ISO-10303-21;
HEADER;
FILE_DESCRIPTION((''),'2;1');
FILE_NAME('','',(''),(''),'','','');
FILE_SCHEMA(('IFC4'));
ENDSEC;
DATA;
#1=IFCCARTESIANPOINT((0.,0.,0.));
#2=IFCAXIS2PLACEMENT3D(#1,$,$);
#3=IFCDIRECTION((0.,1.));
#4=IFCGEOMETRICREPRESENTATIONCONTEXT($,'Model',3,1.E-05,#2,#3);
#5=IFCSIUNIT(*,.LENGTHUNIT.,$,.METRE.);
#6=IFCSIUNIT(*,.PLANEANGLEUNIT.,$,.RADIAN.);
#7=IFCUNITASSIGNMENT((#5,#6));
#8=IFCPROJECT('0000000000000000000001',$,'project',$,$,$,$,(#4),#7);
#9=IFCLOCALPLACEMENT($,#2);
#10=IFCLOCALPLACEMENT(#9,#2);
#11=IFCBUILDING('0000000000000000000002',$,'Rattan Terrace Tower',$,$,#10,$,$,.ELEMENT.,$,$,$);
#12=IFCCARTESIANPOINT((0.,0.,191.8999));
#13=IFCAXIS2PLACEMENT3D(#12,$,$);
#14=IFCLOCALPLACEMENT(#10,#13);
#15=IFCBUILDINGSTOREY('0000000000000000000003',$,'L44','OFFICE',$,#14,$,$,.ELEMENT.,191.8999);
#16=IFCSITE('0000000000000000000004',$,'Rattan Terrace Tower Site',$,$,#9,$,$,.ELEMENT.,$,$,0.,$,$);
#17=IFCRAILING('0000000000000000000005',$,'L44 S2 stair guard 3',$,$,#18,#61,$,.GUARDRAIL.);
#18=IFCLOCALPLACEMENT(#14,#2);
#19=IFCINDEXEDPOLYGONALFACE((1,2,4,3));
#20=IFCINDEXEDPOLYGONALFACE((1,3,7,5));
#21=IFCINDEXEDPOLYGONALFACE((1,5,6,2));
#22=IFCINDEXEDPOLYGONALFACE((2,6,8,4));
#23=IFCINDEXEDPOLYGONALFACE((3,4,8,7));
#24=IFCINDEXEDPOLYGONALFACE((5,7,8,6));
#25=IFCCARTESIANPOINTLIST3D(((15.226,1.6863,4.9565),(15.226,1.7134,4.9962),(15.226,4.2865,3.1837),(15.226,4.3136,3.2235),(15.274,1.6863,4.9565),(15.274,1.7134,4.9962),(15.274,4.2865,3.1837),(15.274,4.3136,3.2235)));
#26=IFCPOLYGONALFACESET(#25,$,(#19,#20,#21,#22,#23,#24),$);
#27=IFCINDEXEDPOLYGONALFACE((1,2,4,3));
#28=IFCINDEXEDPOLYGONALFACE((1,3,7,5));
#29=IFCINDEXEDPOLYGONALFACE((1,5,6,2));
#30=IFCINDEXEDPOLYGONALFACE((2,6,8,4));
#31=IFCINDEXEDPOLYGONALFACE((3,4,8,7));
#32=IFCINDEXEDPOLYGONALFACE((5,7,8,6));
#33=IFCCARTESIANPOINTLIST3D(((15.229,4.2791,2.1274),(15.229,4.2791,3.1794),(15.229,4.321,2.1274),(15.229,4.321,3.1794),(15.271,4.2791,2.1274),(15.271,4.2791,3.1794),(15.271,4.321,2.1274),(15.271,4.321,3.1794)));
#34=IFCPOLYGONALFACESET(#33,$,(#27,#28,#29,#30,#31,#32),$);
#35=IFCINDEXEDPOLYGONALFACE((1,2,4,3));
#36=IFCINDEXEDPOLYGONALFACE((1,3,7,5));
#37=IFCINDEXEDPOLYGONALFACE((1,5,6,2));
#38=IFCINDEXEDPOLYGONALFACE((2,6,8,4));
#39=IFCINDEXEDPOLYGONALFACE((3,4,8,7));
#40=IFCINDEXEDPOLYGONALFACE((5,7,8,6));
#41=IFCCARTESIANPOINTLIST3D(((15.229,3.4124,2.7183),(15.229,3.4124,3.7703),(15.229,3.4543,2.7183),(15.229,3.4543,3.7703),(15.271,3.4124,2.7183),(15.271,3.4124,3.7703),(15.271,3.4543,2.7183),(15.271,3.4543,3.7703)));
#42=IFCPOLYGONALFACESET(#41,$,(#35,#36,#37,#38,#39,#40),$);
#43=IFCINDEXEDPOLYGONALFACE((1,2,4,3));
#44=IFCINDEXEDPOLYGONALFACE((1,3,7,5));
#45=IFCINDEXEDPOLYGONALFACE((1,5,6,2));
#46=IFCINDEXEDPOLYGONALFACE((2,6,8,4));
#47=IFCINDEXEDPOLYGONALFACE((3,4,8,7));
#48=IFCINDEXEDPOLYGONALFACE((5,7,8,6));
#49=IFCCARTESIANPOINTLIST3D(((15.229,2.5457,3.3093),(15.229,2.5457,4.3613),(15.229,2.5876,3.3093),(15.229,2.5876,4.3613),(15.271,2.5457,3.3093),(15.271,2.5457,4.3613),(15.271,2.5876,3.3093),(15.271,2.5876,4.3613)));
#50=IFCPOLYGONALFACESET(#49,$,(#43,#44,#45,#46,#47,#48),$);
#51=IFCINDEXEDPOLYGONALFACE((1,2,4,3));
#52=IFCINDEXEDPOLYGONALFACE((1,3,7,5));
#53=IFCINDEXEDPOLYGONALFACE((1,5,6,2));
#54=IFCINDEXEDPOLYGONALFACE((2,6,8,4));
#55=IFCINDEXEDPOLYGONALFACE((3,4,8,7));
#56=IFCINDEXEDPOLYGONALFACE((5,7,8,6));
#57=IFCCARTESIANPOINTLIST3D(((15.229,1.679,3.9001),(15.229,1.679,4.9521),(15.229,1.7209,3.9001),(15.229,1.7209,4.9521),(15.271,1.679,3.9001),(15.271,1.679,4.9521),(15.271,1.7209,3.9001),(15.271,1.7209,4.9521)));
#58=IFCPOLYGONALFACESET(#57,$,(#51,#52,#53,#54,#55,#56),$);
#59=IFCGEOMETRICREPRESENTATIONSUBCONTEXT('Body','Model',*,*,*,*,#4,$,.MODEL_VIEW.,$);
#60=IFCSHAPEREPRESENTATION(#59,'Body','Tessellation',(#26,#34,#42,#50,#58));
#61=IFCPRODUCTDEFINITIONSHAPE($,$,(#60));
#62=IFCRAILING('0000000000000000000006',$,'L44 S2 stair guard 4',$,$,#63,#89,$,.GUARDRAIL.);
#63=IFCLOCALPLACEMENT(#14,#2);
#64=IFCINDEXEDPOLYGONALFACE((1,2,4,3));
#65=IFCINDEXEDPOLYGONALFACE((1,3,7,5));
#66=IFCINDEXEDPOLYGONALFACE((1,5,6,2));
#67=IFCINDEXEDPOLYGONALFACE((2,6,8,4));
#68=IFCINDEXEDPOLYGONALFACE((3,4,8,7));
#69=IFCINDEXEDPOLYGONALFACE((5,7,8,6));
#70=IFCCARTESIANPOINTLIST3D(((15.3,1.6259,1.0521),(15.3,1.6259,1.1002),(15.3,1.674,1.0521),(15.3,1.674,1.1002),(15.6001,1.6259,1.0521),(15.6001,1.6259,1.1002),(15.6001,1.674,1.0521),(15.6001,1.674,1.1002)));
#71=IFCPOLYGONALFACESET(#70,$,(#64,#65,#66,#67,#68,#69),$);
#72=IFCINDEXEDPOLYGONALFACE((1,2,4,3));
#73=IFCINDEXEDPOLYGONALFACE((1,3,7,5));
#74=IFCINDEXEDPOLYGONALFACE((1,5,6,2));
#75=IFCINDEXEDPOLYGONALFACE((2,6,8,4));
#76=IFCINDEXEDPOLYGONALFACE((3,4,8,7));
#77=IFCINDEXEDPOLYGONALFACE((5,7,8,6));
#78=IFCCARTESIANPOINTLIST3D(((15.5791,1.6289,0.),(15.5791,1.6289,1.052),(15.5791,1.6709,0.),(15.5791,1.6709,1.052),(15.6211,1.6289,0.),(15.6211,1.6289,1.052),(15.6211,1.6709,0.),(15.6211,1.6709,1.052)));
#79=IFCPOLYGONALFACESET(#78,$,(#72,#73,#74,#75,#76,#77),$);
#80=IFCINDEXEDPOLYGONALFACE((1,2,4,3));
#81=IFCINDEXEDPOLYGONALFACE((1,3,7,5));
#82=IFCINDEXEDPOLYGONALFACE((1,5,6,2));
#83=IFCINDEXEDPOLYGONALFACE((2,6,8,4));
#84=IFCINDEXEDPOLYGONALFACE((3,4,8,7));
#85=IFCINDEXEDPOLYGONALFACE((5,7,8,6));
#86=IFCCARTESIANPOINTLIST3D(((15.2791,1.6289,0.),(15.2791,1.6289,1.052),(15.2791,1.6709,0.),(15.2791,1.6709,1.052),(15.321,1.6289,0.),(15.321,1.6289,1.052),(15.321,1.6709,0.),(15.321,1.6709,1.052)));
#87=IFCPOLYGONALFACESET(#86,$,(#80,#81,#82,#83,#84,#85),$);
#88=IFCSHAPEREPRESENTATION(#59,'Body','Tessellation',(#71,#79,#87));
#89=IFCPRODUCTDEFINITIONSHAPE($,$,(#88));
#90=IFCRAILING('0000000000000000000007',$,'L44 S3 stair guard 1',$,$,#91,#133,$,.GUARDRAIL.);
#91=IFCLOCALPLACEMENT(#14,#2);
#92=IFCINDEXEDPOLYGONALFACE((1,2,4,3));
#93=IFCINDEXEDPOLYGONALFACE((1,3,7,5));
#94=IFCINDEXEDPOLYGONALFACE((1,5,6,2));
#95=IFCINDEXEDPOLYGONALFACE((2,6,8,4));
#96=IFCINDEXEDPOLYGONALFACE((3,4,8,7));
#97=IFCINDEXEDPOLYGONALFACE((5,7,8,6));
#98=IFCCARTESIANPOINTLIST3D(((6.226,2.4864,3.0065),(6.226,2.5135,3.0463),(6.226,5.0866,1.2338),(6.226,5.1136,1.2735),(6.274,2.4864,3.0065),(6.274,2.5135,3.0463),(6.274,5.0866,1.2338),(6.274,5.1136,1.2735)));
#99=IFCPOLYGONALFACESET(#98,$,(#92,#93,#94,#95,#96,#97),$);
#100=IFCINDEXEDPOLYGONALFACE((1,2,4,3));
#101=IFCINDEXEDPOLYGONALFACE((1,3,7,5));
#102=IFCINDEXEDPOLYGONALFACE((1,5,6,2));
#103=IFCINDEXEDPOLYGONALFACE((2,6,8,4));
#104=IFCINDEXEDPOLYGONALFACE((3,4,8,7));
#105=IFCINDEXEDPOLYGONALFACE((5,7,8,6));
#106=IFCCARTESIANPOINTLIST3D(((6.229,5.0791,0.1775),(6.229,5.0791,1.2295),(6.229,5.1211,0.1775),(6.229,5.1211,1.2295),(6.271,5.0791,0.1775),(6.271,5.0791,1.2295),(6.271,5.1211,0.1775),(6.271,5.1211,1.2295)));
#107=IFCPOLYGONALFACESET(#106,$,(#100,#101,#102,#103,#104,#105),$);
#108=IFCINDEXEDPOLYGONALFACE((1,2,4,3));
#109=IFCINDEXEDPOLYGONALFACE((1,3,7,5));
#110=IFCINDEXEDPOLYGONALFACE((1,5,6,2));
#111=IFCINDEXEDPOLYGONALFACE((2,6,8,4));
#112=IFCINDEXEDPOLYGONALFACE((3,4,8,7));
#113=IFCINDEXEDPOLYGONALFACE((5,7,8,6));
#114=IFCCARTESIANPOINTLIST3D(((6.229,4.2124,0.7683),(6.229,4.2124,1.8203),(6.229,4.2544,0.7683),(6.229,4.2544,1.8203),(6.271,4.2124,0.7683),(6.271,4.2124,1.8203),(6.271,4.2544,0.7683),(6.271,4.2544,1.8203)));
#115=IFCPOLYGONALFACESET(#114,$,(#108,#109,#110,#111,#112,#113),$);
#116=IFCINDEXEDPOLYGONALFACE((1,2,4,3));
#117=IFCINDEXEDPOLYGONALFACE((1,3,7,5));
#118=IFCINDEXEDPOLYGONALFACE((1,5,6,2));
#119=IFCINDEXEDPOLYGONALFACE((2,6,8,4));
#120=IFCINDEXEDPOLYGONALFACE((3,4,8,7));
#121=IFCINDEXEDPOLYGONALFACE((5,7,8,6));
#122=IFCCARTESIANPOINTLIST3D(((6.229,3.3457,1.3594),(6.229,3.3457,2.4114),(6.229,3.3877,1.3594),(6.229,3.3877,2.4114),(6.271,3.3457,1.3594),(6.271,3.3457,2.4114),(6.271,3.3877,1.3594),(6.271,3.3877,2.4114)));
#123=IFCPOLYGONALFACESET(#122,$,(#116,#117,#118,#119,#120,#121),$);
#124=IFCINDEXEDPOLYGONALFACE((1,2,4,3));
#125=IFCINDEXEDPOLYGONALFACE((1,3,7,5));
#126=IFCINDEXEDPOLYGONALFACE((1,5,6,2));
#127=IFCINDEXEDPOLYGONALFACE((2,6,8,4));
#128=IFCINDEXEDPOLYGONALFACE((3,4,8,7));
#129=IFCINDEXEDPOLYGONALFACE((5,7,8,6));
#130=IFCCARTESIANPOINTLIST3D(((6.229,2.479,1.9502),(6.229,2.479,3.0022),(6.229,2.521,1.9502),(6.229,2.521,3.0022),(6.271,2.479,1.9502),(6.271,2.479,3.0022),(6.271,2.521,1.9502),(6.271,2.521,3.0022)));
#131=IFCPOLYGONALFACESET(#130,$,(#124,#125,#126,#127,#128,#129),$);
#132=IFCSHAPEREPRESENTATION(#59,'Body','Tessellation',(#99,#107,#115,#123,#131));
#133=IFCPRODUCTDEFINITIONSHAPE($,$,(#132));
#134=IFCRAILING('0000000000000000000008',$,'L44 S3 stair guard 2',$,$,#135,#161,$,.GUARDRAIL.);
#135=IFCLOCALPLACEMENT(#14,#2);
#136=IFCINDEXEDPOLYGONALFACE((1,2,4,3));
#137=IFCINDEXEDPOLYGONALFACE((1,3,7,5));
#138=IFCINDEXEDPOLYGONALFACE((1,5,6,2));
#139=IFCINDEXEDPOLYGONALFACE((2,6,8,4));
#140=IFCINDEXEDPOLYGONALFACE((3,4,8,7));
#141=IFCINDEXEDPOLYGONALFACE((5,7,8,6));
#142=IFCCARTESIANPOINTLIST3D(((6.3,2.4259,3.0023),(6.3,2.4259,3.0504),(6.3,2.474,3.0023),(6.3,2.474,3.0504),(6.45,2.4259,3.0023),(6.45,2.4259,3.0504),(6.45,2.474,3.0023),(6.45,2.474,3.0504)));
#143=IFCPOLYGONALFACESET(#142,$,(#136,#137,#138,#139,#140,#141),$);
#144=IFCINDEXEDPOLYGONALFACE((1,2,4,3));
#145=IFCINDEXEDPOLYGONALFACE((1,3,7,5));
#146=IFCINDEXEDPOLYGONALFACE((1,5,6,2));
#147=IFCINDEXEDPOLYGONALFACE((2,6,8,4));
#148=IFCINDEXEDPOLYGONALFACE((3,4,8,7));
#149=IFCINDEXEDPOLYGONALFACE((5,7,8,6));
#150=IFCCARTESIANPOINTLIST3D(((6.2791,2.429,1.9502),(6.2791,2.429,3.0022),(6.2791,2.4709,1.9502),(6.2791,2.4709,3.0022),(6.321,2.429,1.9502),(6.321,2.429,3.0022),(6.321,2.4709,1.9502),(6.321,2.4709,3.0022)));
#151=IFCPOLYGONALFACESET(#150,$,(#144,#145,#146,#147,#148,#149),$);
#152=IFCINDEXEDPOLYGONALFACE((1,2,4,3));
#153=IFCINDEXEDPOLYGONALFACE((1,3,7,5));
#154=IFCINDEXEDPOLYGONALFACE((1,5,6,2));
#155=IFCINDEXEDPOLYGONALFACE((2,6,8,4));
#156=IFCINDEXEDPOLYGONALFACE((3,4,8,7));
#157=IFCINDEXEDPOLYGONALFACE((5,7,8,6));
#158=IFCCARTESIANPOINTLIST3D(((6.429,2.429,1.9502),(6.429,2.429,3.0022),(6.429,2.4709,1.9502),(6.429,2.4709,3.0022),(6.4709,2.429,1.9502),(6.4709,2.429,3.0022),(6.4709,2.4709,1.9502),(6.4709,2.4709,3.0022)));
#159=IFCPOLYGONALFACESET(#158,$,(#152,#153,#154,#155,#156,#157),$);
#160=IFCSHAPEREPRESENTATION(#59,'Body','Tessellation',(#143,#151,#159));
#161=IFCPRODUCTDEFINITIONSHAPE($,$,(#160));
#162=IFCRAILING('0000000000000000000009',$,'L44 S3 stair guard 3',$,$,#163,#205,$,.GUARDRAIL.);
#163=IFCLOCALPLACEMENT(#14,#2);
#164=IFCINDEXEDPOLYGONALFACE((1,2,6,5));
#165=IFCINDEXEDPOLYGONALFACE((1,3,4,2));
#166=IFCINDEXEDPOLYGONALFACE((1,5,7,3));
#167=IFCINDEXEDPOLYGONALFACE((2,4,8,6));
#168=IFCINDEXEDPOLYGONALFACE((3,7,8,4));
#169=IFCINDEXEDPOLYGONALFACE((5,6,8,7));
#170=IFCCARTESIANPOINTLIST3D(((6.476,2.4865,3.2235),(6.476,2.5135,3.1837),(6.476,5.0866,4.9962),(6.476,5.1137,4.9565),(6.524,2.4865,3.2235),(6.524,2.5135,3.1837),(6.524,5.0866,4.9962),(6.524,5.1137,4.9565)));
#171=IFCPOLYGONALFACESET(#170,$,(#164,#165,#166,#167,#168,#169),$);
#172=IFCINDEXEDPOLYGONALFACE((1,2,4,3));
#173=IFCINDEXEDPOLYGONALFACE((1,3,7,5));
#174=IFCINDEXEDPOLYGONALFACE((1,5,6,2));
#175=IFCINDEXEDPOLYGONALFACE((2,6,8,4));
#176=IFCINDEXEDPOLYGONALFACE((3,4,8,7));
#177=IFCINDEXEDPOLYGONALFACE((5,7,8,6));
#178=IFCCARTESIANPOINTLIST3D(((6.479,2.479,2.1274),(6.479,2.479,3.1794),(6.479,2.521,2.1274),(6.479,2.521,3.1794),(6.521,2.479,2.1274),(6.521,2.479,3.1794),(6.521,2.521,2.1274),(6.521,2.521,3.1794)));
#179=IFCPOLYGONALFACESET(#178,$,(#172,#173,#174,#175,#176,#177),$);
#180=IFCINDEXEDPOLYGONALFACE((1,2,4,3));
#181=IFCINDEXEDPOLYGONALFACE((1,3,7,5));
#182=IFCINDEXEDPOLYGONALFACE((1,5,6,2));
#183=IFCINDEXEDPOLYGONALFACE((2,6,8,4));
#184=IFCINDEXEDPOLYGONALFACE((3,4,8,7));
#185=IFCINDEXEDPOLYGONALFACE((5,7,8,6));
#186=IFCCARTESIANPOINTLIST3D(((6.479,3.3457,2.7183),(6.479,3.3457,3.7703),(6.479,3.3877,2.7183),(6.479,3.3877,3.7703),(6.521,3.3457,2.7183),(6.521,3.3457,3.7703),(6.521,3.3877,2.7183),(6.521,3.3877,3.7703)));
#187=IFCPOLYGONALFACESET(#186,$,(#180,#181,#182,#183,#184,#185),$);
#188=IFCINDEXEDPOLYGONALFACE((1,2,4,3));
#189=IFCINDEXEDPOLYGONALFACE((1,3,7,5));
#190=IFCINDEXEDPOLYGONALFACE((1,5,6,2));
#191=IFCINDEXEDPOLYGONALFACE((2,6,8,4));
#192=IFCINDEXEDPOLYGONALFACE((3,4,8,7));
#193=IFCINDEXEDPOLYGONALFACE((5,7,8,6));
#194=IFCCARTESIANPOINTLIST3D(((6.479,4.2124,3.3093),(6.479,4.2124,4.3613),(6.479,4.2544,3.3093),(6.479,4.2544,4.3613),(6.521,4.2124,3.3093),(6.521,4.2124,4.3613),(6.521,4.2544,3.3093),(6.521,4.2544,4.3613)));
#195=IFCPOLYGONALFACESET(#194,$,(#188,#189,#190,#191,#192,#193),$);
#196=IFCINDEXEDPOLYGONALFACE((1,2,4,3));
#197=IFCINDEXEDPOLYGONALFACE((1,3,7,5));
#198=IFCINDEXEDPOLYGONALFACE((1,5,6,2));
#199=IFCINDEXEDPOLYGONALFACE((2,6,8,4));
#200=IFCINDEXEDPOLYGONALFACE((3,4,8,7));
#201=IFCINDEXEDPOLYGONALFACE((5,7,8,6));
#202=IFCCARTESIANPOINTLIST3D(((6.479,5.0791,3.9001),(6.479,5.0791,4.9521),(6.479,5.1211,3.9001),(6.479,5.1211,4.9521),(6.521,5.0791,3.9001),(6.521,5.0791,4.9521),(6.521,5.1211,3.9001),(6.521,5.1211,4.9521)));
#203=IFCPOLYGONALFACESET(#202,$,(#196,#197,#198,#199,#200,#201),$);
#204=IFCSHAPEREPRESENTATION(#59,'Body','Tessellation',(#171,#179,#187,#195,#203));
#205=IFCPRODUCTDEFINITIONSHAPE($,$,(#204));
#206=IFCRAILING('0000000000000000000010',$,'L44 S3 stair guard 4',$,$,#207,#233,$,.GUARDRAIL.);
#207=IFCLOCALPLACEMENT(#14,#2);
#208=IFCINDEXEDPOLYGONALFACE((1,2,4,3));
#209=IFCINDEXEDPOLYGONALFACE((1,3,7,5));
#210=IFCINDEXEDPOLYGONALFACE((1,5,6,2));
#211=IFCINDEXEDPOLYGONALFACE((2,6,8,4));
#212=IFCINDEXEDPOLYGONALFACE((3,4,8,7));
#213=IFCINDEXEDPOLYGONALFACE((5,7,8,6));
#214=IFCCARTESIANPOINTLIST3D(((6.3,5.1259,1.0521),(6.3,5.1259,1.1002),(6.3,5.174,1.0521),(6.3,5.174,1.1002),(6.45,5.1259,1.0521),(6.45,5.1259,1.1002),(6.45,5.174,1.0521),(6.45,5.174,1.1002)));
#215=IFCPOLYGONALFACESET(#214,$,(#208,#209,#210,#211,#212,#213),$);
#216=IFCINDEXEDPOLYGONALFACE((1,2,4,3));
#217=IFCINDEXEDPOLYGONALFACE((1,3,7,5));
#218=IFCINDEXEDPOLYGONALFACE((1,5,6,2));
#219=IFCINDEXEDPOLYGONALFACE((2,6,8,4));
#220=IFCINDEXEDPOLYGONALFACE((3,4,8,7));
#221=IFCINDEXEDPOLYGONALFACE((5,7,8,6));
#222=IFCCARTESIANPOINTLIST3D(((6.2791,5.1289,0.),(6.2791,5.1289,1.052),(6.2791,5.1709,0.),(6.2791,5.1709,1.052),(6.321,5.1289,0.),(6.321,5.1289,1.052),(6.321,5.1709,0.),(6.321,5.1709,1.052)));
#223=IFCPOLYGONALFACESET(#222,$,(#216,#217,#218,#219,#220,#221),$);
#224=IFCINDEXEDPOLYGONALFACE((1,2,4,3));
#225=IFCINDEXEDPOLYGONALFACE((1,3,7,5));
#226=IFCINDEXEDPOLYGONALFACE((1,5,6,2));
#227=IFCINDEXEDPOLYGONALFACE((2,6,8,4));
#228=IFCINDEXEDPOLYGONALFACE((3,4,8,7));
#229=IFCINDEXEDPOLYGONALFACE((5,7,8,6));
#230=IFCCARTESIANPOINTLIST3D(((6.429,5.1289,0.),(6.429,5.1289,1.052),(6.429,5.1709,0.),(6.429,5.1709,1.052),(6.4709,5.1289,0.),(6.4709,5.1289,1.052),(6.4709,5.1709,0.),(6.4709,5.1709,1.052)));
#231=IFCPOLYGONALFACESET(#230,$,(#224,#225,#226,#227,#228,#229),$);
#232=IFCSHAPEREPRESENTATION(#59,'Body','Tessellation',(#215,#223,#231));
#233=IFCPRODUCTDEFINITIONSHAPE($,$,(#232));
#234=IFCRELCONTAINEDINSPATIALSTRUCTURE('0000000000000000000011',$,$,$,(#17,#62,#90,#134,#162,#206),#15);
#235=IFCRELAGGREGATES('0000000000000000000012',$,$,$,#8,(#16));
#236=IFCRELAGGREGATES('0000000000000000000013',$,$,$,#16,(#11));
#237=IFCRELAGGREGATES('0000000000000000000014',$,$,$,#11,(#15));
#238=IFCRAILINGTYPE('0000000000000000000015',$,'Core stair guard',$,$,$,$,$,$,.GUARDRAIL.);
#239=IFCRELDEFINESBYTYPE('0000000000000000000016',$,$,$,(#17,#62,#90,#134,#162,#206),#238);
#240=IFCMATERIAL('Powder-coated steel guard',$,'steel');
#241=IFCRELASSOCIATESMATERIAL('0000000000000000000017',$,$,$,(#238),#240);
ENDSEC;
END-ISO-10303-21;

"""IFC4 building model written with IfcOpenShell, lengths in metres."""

from ifc_helpers import new_model, si_unit, direction, frame, origin, origin_2d, place, context, subcontext, project, spatial, rectangle, extrude, material, type_object, element, save


model = new_model("IFC4")

# Units and contexts
model_context = context("Model", 3, precision=1e-05, world=origin(), true_north=direction((0.0, 1.0)))
body_context = subcontext(model_context, "Body", "Model", "MODEL_VIEW")
ifc_project = project(units=[si_unit("LENGTHUNIT", "METRE"), si_unit("PLANEANGLEUNIT", "RADIAN")], contexts=[model_context])

# Site, building, storey
site_placement = place(None, origin())
site = spatial("IfcSite", under=ifc_project, at=site_placement, Name="Rattan Terrace Tower Site", CompositionType="ELEMENT", RefElevation=0.0)
building_placement = place(site_placement, origin())
building = spatial("IfcBuilding", under=site, at=building_placement, Name="Rattan Terrace Tower", CompositionType="ELEMENT")
storey_placement = place(building_placement, frame((0.0, 0.0, 191.8999)))
storey = spatial("IfcBuildingStorey", under=building, at=storey_placement, Name="L44", Description="OFFICE", CompositionType="ELEMENT", Elevation=191.8999)

# Railings
ifc_material_1 = material(Name="Powder-coated steel guard", Category="steel")
railing_type_1 = type_object("IfcRailingType", Name="Core stair guard", PredefinedType="GUARDRAIL", material=ifc_material_1)
railing_1_placement = place(storey_placement, frame((15.25, 4.3, 2.1274)))
element("IfcRailing", 1, at=railing_1_placement, inside=storey, type_object=railing_type_1, Name="L44 S2 stair guard 3", PredefinedType="GUARDRAIL", context=body_context, shape_type="SweptSolid", body=[
    extrude(rectangle(XDim=0.0481, YDim=0.0481, at=origin_2d()), frame((0.0, 0.0, 1.0762), z_axis=(0.0, -0.82624, 0.563318), x_axis=(1.0, 0.0, 0.0)), (0.0, 0.0, 1.0), 3.147),
    extrude(rectangle(XDim=0.042, YDim=0.042, at=origin_2d()), origin(), (0.0, 0.0, 1.0), 1.052),
    extrude(rectangle(XDim=0.042, YDim=0.042, at=origin_2d()), frame((0.0, -0.8667, 0.5908)), (0.0, 0.0, 1.0), 1.052),
    extrude(rectangle(XDim=0.042, YDim=0.042, at=origin_2d()), frame((0.0, -1.7334, 1.1819)), (0.0, 0.0, 1.0), 1.052),
    extrude(rectangle(XDim=0.042, YDim=0.042, at=origin_2d()), frame((0.0, -2.6001, 1.7727)), (0.0, 0.0, 1.0), 1.052),
])
railing_2_placement = place(storey_placement, frame((15.6001, 1.6499, 0.0)))
element("IfcRailing", 2, at=railing_2_placement, inside=storey, type_object=railing_type_1, Name="L44 S2 stair guard 4", PredefinedType="GUARDRAIL", context=body_context, shape_type="SweptSolid", body=[
    extrude(rectangle(XDim=0.0481, YDim=0.0481, at=origin_2d()), frame((0.0, 0.0, 1.0762), z_axis=(-1.0, 0.0, 0.0), x_axis=(0.0, -1.0, 0.0)), (0.0, 0.0, 1.0), 0.3),
    extrude(rectangle(XDim=0.042, YDim=0.042, at=origin_2d()), origin(), (0.0, 0.0, 1.0), 1.052),
    extrude(rectangle(XDim=0.042, YDim=0.042, at=origin_2d()), frame((-0.3, 0.0, 0.0)), (0.0, 0.0, 1.0), 1.052),
])
railing_3_placement = place(storey_placement, frame((6.25, 5.1001, 0.1775)))
element("IfcRailing", 3, at=railing_3_placement, inside=storey, type_object=railing_type_1, Name="L44 S3 stair guard 1", PredefinedType="GUARDRAIL", context=body_context, shape_type="SweptSolid", body=[
    extrude(rectangle(XDim=0.0481, YDim=0.0481, at=origin_2d()), frame((0.0, 0.0, 1.0762), z_axis=(0.0, -0.82624, 0.563318), x_axis=(1.0, 0.0, 0.0)), (0.0, 0.0, 1.0), 3.147),
    extrude(rectangle(XDim=0.042, YDim=0.042, at=origin_2d()), origin(), (0.0, 0.0, 1.0), 1.052),
    extrude(rectangle(XDim=0.042, YDim=0.042, at=origin_2d()), frame((0.0, -0.8667, 0.5908)), (0.0, 0.0, 1.0), 1.052),
    extrude(rectangle(XDim=0.042, YDim=0.042, at=origin_2d()), frame((0.0, -1.7334, 1.1819)), (0.0, 0.0, 1.0), 1.052),
    extrude(rectangle(XDim=0.042, YDim=0.042, at=origin_2d()), frame((0.0, -2.6001, 1.7727)), (0.0, 0.0, 1.0), 1.052),
])
railing_4_placement = place(storey_placement, frame((6.3, 2.45, 1.9502)))
element("IfcRailing", 4, at=railing_4_placement, inside=storey, type_object=railing_type_1, Name="L44 S3 stair guard 2", PredefinedType="GUARDRAIL", context=body_context, shape_type="SweptSolid", body=[
    extrude(rectangle(XDim=0.0481, YDim=0.0481, at=origin_2d()), frame((0.0, 0.0, 1.0762), z_axis=(1.0, 0.0, 0.0), x_axis=(0.0, 1.0, 0.0)), (0.0, 0.0, 1.0), 0.1499),
    extrude(rectangle(XDim=0.042, YDim=0.042, at=origin_2d()), origin(), (0.0, 0.0, 1.0), 1.052),
    extrude(rectangle(XDim=0.042, YDim=0.042, at=origin_2d()), frame((0.1499, 0.0, 0.0)), (0.0, 0.0, 1.0), 1.052),
])
railing_5_placement = place(storey_placement, frame((6.5, 2.5, 2.1274)))
element("IfcRailing", 5, at=railing_5_placement, inside=storey, type_object=railing_type_1, Name="L44 S3 stair guard 3", PredefinedType="GUARDRAIL", context=body_context, shape_type="SweptSolid", body=[
    extrude(rectangle(XDim=0.0481, YDim=0.0481, at=origin_2d()), frame((0.0, 0.0, 1.0762), z_axis=(0.0, 0.82624, 0.563318), x_axis=(-1.0, 0.0, 0.0)), (0.0, 0.0, 1.0), 3.147),
    extrude(rectangle(XDim=0.042, YDim=0.042, at=origin_2d()), origin(), (0.0, 0.0, 1.0), 1.052),
    extrude(rectangle(XDim=0.042, YDim=0.042, at=origin_2d()), frame((0.0, 0.8667, 0.5908)), (0.0, 0.0, 1.0), 1.052),
    extrude(rectangle(XDim=0.042, YDim=0.042, at=origin_2d()), frame((0.0, 1.7334, 1.1819)), (0.0, 0.0, 1.0), 1.052),
    extrude(rectangle(XDim=0.042, YDim=0.042, at=origin_2d()), frame((0.0, 2.6001, 1.7727)), (0.0, 0.0, 1.0), 1.052),
])
railing_6_placement = place(storey_placement, frame((6.3, 5.1499, 0.0)))
element("IfcRailing", 6, at=railing_6_placement, inside=storey, type_object=railing_type_1, Name="L44 S3 stair guard 4", PredefinedType="GUARDRAIL", context=body_context, shape_type="SweptSolid", body=[
    extrude(rectangle(XDim=0.0481, YDim=0.0481, at=origin_2d()), frame((0.0, 0.0, 1.0762), z_axis=(1.0, 0.0, 0.0), x_axis=(0.0, 1.0, 0.0)), (0.0, 0.0, 1.0), 0.1499),
    extrude(rectangle(XDim=0.042, YDim=0.042, at=origin_2d()), origin(), (0.0, 0.0, 1.0), 1.052),
    extrude(rectangle(XDim=0.042, YDim=0.042, at=origin_2d()), frame((0.1499, 0.0, 0.0)), (0.0, 0.0, 1.0), 1.052),
])

save(model, "model.ifc")
